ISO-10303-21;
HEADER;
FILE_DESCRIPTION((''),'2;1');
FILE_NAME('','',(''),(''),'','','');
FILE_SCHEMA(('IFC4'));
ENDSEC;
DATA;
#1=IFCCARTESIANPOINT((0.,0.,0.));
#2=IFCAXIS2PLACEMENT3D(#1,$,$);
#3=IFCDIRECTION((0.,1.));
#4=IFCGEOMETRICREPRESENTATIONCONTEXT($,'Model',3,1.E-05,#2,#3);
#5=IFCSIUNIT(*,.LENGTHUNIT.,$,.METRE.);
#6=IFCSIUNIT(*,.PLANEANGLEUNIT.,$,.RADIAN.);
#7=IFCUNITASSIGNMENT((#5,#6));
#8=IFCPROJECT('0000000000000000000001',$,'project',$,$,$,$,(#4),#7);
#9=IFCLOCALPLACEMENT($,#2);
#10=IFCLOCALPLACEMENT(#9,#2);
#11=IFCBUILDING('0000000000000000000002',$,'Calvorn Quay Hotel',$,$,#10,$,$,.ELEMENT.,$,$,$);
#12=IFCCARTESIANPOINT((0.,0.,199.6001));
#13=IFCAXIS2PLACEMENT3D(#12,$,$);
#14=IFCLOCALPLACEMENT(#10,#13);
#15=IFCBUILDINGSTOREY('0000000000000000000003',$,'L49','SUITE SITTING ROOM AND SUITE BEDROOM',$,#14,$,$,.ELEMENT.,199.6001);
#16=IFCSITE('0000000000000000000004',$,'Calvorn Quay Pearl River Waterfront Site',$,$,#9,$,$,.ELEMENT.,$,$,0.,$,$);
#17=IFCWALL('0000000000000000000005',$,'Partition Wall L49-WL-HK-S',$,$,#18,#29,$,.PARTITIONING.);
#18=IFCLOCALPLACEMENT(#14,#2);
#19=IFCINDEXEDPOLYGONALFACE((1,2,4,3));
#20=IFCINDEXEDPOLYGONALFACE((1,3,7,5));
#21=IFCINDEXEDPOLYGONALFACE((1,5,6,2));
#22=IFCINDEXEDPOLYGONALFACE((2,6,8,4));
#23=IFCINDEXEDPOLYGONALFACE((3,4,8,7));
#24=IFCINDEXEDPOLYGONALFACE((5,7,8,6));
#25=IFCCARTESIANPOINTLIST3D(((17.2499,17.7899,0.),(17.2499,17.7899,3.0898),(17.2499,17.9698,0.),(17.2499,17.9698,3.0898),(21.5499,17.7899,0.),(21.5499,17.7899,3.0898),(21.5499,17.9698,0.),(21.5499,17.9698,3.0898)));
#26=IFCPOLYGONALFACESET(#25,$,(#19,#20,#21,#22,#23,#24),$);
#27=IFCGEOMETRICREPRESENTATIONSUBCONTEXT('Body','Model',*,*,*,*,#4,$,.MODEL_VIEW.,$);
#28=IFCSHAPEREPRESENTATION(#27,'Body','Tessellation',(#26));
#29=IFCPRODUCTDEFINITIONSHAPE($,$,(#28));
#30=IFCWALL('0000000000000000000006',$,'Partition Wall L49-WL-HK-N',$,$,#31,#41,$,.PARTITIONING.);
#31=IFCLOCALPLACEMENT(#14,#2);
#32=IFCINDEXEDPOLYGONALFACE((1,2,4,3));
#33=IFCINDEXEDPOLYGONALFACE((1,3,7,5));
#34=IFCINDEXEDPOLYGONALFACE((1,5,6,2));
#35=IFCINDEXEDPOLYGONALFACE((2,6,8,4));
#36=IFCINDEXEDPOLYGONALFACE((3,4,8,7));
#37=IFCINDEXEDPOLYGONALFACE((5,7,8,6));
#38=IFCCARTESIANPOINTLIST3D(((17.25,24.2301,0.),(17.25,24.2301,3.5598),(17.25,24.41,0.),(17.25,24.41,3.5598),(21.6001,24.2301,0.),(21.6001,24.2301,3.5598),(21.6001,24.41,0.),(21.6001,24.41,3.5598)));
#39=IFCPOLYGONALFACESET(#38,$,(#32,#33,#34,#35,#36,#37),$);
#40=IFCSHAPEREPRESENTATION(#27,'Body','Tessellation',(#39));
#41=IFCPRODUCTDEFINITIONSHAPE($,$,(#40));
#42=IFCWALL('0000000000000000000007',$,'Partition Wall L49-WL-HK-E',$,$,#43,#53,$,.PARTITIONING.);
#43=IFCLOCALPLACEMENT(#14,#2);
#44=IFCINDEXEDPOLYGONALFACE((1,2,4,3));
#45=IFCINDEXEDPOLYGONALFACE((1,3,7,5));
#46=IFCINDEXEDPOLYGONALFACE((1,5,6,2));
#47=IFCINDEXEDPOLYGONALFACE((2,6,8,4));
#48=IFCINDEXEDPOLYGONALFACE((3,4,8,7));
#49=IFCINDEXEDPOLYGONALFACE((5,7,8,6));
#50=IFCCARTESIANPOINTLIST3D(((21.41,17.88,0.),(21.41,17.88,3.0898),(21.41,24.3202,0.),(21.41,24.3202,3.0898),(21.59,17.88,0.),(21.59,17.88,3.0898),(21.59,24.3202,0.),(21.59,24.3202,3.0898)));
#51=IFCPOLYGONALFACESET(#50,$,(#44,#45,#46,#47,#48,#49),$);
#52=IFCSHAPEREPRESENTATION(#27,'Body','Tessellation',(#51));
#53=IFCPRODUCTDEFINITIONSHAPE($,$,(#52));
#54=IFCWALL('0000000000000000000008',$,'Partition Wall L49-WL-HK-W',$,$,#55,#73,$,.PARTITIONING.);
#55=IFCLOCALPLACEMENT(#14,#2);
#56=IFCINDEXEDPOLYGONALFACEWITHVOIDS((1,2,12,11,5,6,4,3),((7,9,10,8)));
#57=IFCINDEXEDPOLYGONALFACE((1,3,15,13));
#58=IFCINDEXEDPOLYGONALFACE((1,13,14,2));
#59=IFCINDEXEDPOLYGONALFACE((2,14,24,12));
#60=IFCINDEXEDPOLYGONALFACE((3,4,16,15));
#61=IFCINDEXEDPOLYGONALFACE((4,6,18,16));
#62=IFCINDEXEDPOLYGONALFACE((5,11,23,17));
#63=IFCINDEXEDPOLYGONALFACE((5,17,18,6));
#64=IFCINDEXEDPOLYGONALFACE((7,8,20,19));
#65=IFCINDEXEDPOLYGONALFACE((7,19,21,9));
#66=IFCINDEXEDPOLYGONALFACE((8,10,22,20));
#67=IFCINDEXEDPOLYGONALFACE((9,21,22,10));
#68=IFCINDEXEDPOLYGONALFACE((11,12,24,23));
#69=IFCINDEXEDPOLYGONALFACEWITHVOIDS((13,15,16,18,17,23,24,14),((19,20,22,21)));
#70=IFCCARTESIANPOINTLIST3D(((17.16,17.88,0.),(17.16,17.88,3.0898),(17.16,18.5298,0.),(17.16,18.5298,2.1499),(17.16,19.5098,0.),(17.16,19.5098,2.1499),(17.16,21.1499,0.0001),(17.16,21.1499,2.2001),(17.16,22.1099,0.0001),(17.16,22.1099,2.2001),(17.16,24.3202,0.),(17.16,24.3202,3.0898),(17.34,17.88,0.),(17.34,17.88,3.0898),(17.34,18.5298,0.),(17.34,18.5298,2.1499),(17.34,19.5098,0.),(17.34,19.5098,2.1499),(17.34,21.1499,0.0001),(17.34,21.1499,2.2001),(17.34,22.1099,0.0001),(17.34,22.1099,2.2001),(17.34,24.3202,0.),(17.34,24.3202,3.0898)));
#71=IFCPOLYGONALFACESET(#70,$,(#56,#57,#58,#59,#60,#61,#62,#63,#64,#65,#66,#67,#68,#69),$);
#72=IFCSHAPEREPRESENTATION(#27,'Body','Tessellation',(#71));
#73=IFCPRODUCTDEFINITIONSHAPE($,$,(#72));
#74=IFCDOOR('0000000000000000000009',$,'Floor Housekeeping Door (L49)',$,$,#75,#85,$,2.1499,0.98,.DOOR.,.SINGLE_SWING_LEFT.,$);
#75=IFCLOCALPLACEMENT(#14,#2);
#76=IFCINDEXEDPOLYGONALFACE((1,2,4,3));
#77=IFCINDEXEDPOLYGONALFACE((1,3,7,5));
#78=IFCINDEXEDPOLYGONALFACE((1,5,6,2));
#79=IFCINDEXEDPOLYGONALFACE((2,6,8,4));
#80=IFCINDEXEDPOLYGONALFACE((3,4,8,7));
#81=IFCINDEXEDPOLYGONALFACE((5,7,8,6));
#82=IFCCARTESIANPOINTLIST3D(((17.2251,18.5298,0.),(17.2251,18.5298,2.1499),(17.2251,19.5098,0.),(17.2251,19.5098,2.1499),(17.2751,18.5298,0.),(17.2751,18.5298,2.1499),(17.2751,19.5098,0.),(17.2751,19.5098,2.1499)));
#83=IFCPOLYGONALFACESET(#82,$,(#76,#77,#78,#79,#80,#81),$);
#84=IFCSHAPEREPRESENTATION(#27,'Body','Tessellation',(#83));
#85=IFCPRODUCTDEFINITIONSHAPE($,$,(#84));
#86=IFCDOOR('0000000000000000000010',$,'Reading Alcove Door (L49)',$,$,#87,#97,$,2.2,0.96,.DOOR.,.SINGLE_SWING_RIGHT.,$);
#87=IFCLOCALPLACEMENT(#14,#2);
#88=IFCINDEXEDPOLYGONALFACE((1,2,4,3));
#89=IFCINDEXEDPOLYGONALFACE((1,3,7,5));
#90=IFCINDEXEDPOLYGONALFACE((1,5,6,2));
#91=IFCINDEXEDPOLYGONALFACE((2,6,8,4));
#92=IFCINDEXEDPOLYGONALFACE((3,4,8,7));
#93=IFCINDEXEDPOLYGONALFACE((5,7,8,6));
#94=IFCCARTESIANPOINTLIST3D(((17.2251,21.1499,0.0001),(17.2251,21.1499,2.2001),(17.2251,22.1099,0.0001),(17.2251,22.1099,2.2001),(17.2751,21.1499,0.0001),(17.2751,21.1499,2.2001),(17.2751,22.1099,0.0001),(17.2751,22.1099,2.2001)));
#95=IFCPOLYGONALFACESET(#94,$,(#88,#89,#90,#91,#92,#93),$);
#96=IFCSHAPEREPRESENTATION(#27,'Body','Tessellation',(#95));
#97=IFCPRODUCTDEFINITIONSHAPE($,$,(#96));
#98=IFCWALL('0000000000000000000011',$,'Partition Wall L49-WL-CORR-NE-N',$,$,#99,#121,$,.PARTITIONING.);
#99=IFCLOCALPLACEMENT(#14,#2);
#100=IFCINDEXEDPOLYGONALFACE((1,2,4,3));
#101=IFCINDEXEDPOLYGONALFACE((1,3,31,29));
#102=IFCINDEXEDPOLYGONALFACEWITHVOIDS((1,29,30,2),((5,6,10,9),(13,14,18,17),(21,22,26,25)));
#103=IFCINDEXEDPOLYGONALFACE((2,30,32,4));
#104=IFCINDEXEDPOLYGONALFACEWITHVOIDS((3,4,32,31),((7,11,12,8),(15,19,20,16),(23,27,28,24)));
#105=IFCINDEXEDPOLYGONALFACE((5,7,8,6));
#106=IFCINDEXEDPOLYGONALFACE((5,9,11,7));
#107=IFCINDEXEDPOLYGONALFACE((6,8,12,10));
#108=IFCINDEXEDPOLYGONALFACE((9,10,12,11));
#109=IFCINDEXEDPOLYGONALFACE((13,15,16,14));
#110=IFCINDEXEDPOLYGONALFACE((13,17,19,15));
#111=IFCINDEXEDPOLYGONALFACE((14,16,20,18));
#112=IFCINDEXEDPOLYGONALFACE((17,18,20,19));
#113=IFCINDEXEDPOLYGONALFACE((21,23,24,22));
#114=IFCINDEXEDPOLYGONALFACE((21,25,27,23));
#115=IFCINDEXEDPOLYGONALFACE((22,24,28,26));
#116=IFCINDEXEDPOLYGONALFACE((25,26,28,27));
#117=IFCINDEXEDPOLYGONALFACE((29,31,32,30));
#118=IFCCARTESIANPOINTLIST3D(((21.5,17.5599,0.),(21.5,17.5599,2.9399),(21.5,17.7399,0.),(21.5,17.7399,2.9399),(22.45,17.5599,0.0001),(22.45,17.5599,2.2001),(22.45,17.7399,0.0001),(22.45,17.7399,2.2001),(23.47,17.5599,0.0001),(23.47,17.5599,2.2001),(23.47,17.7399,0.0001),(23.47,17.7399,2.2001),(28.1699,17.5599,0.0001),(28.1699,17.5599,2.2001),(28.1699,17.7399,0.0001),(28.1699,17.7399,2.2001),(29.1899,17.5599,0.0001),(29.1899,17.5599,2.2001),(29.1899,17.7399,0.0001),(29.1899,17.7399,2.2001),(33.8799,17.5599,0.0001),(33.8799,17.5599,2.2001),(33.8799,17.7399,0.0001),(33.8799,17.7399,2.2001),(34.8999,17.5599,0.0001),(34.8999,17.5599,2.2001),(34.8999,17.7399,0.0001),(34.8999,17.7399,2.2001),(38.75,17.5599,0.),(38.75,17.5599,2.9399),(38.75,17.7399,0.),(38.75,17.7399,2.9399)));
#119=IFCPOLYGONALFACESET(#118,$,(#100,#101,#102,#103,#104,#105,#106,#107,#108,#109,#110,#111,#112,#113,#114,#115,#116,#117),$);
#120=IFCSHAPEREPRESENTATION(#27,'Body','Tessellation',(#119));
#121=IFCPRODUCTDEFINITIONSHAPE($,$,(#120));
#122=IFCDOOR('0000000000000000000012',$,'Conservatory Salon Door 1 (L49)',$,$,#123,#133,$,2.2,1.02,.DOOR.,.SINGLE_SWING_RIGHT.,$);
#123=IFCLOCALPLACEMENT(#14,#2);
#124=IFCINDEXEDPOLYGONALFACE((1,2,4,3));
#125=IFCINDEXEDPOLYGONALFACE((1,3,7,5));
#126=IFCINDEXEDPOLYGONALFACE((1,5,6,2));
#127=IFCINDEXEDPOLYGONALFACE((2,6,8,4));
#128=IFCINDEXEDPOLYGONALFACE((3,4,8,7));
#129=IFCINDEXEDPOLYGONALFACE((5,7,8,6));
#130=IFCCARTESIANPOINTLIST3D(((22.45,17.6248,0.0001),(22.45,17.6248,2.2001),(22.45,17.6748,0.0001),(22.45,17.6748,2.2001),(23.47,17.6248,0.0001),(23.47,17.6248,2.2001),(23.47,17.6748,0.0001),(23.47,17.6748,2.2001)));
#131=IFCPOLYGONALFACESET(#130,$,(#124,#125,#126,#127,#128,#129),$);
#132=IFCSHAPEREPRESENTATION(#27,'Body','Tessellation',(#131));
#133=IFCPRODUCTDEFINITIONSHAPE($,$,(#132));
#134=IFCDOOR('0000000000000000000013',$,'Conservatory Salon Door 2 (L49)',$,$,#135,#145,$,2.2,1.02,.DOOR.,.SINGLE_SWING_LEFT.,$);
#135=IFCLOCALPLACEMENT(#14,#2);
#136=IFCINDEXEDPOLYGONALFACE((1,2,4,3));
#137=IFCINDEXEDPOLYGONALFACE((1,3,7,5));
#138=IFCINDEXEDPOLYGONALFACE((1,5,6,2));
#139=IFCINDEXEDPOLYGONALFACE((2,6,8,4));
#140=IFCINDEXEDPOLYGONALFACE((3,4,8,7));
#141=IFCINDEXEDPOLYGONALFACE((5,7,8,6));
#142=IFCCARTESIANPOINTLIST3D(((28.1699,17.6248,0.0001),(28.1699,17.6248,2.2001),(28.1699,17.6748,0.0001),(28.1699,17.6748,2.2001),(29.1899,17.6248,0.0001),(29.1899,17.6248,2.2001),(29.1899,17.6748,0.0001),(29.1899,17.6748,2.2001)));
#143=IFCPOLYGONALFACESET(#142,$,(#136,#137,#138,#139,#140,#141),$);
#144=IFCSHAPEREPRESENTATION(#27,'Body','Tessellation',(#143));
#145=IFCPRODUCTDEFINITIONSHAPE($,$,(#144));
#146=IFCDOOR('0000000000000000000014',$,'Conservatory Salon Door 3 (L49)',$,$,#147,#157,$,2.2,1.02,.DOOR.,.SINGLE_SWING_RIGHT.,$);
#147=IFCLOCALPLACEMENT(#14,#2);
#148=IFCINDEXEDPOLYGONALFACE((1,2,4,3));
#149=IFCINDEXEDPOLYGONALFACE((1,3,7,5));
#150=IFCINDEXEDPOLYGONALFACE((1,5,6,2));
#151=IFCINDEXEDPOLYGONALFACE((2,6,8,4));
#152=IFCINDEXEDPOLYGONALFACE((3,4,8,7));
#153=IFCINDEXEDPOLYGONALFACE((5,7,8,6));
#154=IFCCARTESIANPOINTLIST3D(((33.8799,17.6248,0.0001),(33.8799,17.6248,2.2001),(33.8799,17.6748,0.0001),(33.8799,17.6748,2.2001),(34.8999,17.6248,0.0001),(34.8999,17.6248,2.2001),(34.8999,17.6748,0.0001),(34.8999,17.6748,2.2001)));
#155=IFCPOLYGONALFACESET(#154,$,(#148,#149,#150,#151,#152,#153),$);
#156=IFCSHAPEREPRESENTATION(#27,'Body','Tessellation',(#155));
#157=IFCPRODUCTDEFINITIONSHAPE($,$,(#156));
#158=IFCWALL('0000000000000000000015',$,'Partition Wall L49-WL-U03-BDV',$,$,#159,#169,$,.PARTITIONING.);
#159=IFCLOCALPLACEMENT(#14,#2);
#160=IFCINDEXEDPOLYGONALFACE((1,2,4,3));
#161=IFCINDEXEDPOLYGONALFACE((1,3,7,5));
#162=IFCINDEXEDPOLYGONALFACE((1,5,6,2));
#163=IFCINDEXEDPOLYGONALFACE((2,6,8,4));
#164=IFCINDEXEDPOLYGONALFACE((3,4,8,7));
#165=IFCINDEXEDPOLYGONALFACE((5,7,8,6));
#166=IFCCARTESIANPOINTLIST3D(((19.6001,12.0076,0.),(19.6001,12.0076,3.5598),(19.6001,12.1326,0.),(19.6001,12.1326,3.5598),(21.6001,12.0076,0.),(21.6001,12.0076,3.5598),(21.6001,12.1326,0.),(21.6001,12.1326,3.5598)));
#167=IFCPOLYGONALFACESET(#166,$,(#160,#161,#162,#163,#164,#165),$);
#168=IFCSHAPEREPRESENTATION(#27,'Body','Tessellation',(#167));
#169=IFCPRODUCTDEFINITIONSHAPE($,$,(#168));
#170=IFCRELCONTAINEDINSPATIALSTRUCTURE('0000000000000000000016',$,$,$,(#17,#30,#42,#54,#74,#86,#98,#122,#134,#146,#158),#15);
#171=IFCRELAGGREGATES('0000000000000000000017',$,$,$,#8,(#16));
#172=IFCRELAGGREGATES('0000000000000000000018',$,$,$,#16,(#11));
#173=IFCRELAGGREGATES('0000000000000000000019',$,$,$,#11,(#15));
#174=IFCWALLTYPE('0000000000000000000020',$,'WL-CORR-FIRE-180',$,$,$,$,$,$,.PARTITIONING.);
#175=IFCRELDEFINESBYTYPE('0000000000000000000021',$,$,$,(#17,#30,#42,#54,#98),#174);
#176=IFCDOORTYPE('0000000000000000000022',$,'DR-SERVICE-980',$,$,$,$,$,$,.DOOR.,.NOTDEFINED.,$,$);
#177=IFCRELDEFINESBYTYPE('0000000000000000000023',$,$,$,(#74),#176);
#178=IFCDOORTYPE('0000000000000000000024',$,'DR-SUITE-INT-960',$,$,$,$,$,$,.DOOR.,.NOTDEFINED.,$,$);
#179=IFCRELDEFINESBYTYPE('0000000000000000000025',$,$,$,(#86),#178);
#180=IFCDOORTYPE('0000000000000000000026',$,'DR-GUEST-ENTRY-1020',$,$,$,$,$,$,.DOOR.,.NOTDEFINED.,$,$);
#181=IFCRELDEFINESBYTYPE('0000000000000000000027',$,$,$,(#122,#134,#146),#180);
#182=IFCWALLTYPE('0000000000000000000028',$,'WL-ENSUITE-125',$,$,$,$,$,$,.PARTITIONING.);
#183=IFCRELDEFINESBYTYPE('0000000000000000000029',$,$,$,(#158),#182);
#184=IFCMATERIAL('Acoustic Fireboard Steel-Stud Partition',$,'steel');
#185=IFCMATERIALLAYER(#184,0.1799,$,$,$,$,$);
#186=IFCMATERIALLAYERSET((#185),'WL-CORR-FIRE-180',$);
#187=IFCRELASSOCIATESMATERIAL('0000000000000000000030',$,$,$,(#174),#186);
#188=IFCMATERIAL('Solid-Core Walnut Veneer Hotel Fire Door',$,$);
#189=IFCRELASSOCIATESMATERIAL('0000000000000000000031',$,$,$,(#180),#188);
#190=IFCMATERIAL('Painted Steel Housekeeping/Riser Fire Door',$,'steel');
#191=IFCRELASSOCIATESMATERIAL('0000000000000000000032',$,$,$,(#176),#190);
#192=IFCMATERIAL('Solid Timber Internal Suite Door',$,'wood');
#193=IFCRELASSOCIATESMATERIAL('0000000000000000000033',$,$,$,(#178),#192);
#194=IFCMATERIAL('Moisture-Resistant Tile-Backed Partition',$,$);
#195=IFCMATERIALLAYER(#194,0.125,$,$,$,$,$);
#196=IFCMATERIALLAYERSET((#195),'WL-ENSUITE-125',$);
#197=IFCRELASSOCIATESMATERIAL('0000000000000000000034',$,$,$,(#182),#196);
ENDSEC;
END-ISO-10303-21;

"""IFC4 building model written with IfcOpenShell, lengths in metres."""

from ifc_helpers import new_model, si_unit, direction, frame, frame_2d, origin, place, context, subcontext, project, spatial, rectangle, extrude, material, layer, layer_set, type_object, element, fill, save


model = new_model("IFC4")

# Units and contexts
model_context = context("Model", 3, precision=1e-05, world=origin(), true_north=direction((0.0, 1.0)))
body_context = subcontext(model_context, "Body", "Model", "MODEL_VIEW")
ifc_project = project(units=[si_unit("LENGTHUNIT", "METRE"), si_unit("PLANEANGLEUNIT", "RADIAN")], contexts=[model_context])

# Site, building, storey
site_placement = place(None, origin())
site = spatial("IfcSite", under=ifc_project, at=site_placement, Name="Calvorn Quay Pearl River Waterfront Site", CompositionType="ELEMENT", RefElevation=0.0)
building_placement = place(site_placement, origin())
building = spatial("IfcBuilding", under=site, at=building_placement, Name="Calvorn Quay Hotel", CompositionType="ELEMENT")
storey_placement = place(building_placement, frame((0.0, 0.0, 199.6001)))
storey = spatial("IfcBuildingStorey", under=building, at=storey_placement, Name="L49", Description="SUITE SITTING ROOM AND SUITE BEDROOM", CompositionType="ELEMENT", Elevation=199.6001)

# Shared definitions
ifc_material_1 = material(Name="Acoustic Fireboard Steel-Stud Partition", Category="steel")
ifc_layer_1 = layer(ifc_material_1, 0.1799)
ifc_layer_set_1 = layer_set([ifc_layer_1], Name="WL-CORR-FIRE-180")
wall_type_1 = type_object("IfcWallType", Name="WL-CORR-FIRE-180", PredefinedType="PARTITIONING", material=ifc_layer_set_1)
ifc_material_2 = material(Name="Solid-Core Walnut Veneer Hotel Fire Door")
door_type_1 = type_object("IfcDoorType", Name="DR-GUEST-ENTRY-1020", OperationType="NOTDEFINED", PredefinedType="DOOR", material=ifc_material_2)

# Walls
wall_1_placement = place(storey_placement, frame((17.25, 17.8799, 0.0), z_axis=(0.0, 0.0, 1.0), x_axis=(1.0, 0.0, 0.0)))
element("IfcWall", 1, at=wall_1_placement, inside=storey, type_object=wall_type_1, Name="Partition Wall L49-WL-HK-S", PredefinedType="PARTITIONING", context=body_context, shape_type="SweptSolid", body=[
    extrude(rectangle(XDim=4.3, YDim=0.1799, at=frame_2d((2.1499, 0.0))), origin(), (0.0, 0.0, 1.0), 3.0898),
])
wall_2_placement = place(storey_placement, frame((17.25, 24.3201, 0.0), z_axis=(0.0, 0.0, 1.0), x_axis=(1.0, 0.0, 0.0)))
element("IfcWall", 2, at=wall_2_placement, inside=storey, type_object=wall_type_1, Name="Partition Wall L49-WL-HK-N", PredefinedType="PARTITIONING", context=body_context, shape_type="SweptSolid", body=[
    extrude(rectangle(XDim=4.3501, YDim=0.1799, at=frame_2d((2.175, 0.0))), origin(), (0.0, 0.0, 1.0), 3.5598),
])
wall_3_placement = place(storey_placement, frame((21.5, 17.8799, 0.0), z_axis=(0.0, 0.0, 1.0), x_axis=(0.0, 1.0, 0.0)))
element("IfcWall", 3, at=wall_3_placement, inside=storey, type_object=wall_type_1, Name="Partition Wall L49-WL-HK-E", PredefinedType="PARTITIONING", context=body_context, shape_type="SweptSolid", body=[
    extrude(rectangle(XDim=6.4402, YDim=0.1799, at=frame_2d((3.2202, 0.0))), origin(), (0.0, 0.0, 1.0), 3.0898),
])

# Walls, openings, doors
wall_4_placement = place(storey_placement, frame((17.25, 17.8799, 0.0), z_axis=(0.0, 0.0, 1.0), x_axis=(0.0, 1.0, 0.0)))
wall_4 = element("IfcWall", 4, at=wall_4_placement, inside=storey, type_object=wall_type_1, Name="Partition Wall L49-WL-HK-W", PredefinedType="PARTITIONING", context=body_context, shape_type="SweptSolid", body=[
    extrude(rectangle(XDim=6.4402, YDim=0.1799, at=frame_2d((3.2202, 0.0))), origin(), (0.0, 0.0, 1.0), 3.0898),
])
opening_1_placement = place(wall_4_placement, frame((0.6499, 0.0, 0.0)))
opening_1 = element("IfcOpeningElement", 5, at=opening_1_placement, cuts=wall_4, PredefinedType="OPENING", context=body_context, shape_type="SweptSolid", body=[
    extrude(rectangle(XDim=0.98, YDim=2.1499, at=frame_2d((0.49, 1.075))), frame((0.0, 0.0999, 0.0), z_axis=(0.0, -1.0, 0.0), x_axis=(1.0, 0.0, 0.0)), (0.0, 0.0, 1.0), 0.2),
])
opening_2_placement = place(wall_4_placement, frame((3.27, 0.0, 0.0)))
opening_2 = element("IfcOpeningElement", 6, at=opening_2_placement, cuts=wall_4, PredefinedType="OPENING", context=body_context, shape_type="SweptSolid", body=[
    extrude(rectangle(XDim=0.96, YDim=2.2, at=frame_2d((0.48, 1.1001))), frame((0.0, 0.0999, 0.0), z_axis=(0.0, -1.0, 0.0), x_axis=(1.0, 0.0, 0.0)), (0.0, 0.0, 1.0), 0.2),
])
ifc_material_3 = material(Name="Painted Steel Housekeeping/Riser Fire Door", Category="steel")
door_type_2 = type_object("IfcDoorType", Name="DR-SERVICE-980", OperationType="NOTDEFINED", PredefinedType="DOOR", material=ifc_material_3)
door_1_placement = place(opening_1_placement, origin())
door_1 = element("IfcDoor", 7, at=door_1_placement, inside=storey, type_object=door_type_2, Name="Floor Housekeeping Door (L49)", OperationType="SINGLE_SWING_LEFT", OverallHeight=2.1499, OverallWidth=0.98, PredefinedType="DOOR", context=body_context, shape_type="SweptSolid", body=[
    extrude(rectangle(XDim=0.98, YDim=2.1499, at=frame_2d((0.49, 1.075))), frame((0.0, 0.0249, 0.0), z_axis=(0.0, -1.0, 0.0), x_axis=(1.0, 0.0, 0.0)), (0.0, 0.0, 1.0), 0.05),
])
fill(opening_1, door_1)
ifc_material_4 = material(Name="Solid Timber Internal Suite Door", Category="wood")
door_type_3 = type_object("IfcDoorType", Name="DR-SUITE-INT-960", OperationType="NOTDEFINED", PredefinedType="DOOR", material=ifc_material_4)
door_2_placement = place(opening_2_placement, origin())
door_2 = element("IfcDoor", 8, at=door_2_placement, inside=storey, type_object=door_type_3, Name="Reading Alcove Door (L49)", OperationType="SINGLE_SWING_RIGHT", OverallHeight=2.2, OverallWidth=0.96, PredefinedType="DOOR", context=body_context, shape_type="SweptSolid", body=[
    extrude(rectangle(XDim=0.96, YDim=2.2, at=frame_2d((0.48, 1.1001))), frame((0.0, 0.0249, 0.0), z_axis=(0.0, -1.0, 0.0), x_axis=(1.0, 0.0, 0.0)), (0.0, 0.0, 1.0), 0.05),
])
fill(opening_2, door_2)
wall_5_placement = place(storey_placement, frame((21.5, 17.6499, 0.0), z_axis=(0.0, 0.0, 1.0), x_axis=(1.0, 0.0, 0.0)))
wall_5 = element("IfcWall", 9, at=wall_5_placement, inside=storey, type_object=wall_type_1, Name="Partition Wall L49-WL-CORR-NE-N", PredefinedType="PARTITIONING", context=body_context, shape_type="SweptSolid", body=[
    extrude(rectangle(XDim=17.25, YDim=0.1799, at=frame_2d((8.625, 0.0))), origin(), (0.0, 0.0, 1.0), 2.9399),
])
opening_3_placement = place(wall_5_placement, frame((0.95, 0.0, 0.0)))
opening_3 = element("IfcOpeningElement", 10, at=opening_3_placement, cuts=wall_5, PredefinedType="OPENING", context=body_context, shape_type="SweptSolid", body=[
    extrude(rectangle(XDim=1.02, YDim=2.2, at=frame_2d((0.51, 1.1001))), frame((0.0, 0.0999, 0.0), z_axis=(0.0, -1.0, 0.0), x_axis=(1.0, 0.0, 0.0)), (0.0, 0.0, 1.0), 0.2),
])
opening_4_placement = place(wall_5_placement, frame((6.6699, 0.0, 0.0)))
opening_4 = element("IfcOpeningElement", 11, at=opening_4_placement, cuts=wall_5, PredefinedType="OPENING", context=body_context, shape_type="SweptSolid", body=[
    extrude(rectangle(XDim=1.02, YDim=2.2, at=frame_2d((0.51, 1.1001))), frame((0.0, 0.0999, 0.0), z_axis=(0.0, -1.0, 0.0), x_axis=(1.0, 0.0, 0.0)), (0.0, 0.0, 1.0), 0.2),
])
opening_5_placement = place(wall_5_placement, frame((12.3799, 0.0, 0.0)))
opening_5 = element("IfcOpeningElement", 12, at=opening_5_placement, cuts=wall_5, PredefinedType="OPENING", context=body_context, shape_type="SweptSolid", body=[
    extrude(rectangle(XDim=1.02, YDim=2.2, at=frame_2d((0.51, 1.1001))), frame((0.0, 0.0999, 0.0), z_axis=(0.0, -1.0, 0.0), x_axis=(1.0, 0.0, 0.0)), (0.0, 0.0, 1.0), 0.2),
])
door_3_placement = place(opening_3_placement, origin())
door_3 = element("IfcDoor", 13, at=door_3_placement, inside=storey, type_object=door_type_1, Name="Conservatory Salon Door 1 (L49)", OperationType="SINGLE_SWING_RIGHT", OverallHeight=2.2, OverallWidth=1.02, PredefinedType="DOOR", context=body_context, shape_type="SweptSolid", body=[
    extrude(rectangle(XDim=1.02, YDim=2.2, at=frame_2d((0.51, 1.1001))), frame((0.0, 0.0249, 0.0), z_axis=(0.0, -1.0, 0.0), x_axis=(1.0, 0.0, 0.0)), (0.0, 0.0, 1.0), 0.05),
])
fill(opening_3, door_3)
door_4_placement = place(opening_4_placement, origin())
door_4 = element("IfcDoor", 14, at=door_4_placement, inside=storey, type_object=door_type_1, Name="Conservatory Salon Door 2 (L49)", OperationType="SINGLE_SWING_LEFT", OverallHeight=2.2, OverallWidth=1.02, PredefinedType="DOOR", context=body_context, shape_type="SweptSolid", body=[
    extrude(rectangle(XDim=1.02, YDim=2.2, at=frame_2d((0.51, 1.1001))), frame((0.0, 0.0249, 0.0), z_axis=(0.0, -1.0, 0.0), x_axis=(1.0, 0.0, 0.0)), (0.0, 0.0, 1.0), 0.05),
])
fill(opening_4, door_4)
door_5_placement = place(opening_5_placement, origin())
door_5 = element("IfcDoor", 15, at=door_5_placement, inside=storey, type_object=door_type_1, Name="Conservatory Salon Door 3 (L49)", OperationType="SINGLE_SWING_RIGHT", OverallHeight=2.2, OverallWidth=1.02, PredefinedType="DOOR", context=body_context, shape_type="SweptSolid", body=[
    extrude(rectangle(XDim=1.02, YDim=2.2, at=frame_2d((0.51, 1.1001))), frame((0.0, 0.0249, 0.0), z_axis=(0.0, -1.0, 0.0), x_axis=(1.0, 0.0, 0.0)), (0.0, 0.0, 1.0), 0.05),
])
fill(opening_5, door_5)

# Wall
ifc_material_5 = material(Name="Moisture-Resistant Tile-Backed Partition")
ifc_layer_2 = layer(ifc_material_5, 0.125)
ifc_layer_set_2 = layer_set([ifc_layer_2], Name="WL-ENSUITE-125")
wall_type_2 = type_object("IfcWallType", Name="WL-ENSUITE-125", PredefinedType="PARTITIONING", material=ifc_layer_set_2)
wall_6_placement = place(storey_placement, frame((19.6001, 12.0701, 0.0), z_axis=(0.0, 0.0, 1.0), x_axis=(1.0, 0.0, 0.0)))
element("IfcWall", 16, at=wall_6_placement, inside=storey, type_object=wall_type_2, Name="Partition Wall L49-WL-U03-BDV", PredefinedType="PARTITIONING", context=body_context, shape_type="SweptSolid", body=[
    extrude(rectangle(XDim=2.0, YDim=0.125, at=frame_2d((1.0, 0.0))), origin(), (0.0, 0.0, 1.0), 3.5598),
])

save(model, "model.ifc")
